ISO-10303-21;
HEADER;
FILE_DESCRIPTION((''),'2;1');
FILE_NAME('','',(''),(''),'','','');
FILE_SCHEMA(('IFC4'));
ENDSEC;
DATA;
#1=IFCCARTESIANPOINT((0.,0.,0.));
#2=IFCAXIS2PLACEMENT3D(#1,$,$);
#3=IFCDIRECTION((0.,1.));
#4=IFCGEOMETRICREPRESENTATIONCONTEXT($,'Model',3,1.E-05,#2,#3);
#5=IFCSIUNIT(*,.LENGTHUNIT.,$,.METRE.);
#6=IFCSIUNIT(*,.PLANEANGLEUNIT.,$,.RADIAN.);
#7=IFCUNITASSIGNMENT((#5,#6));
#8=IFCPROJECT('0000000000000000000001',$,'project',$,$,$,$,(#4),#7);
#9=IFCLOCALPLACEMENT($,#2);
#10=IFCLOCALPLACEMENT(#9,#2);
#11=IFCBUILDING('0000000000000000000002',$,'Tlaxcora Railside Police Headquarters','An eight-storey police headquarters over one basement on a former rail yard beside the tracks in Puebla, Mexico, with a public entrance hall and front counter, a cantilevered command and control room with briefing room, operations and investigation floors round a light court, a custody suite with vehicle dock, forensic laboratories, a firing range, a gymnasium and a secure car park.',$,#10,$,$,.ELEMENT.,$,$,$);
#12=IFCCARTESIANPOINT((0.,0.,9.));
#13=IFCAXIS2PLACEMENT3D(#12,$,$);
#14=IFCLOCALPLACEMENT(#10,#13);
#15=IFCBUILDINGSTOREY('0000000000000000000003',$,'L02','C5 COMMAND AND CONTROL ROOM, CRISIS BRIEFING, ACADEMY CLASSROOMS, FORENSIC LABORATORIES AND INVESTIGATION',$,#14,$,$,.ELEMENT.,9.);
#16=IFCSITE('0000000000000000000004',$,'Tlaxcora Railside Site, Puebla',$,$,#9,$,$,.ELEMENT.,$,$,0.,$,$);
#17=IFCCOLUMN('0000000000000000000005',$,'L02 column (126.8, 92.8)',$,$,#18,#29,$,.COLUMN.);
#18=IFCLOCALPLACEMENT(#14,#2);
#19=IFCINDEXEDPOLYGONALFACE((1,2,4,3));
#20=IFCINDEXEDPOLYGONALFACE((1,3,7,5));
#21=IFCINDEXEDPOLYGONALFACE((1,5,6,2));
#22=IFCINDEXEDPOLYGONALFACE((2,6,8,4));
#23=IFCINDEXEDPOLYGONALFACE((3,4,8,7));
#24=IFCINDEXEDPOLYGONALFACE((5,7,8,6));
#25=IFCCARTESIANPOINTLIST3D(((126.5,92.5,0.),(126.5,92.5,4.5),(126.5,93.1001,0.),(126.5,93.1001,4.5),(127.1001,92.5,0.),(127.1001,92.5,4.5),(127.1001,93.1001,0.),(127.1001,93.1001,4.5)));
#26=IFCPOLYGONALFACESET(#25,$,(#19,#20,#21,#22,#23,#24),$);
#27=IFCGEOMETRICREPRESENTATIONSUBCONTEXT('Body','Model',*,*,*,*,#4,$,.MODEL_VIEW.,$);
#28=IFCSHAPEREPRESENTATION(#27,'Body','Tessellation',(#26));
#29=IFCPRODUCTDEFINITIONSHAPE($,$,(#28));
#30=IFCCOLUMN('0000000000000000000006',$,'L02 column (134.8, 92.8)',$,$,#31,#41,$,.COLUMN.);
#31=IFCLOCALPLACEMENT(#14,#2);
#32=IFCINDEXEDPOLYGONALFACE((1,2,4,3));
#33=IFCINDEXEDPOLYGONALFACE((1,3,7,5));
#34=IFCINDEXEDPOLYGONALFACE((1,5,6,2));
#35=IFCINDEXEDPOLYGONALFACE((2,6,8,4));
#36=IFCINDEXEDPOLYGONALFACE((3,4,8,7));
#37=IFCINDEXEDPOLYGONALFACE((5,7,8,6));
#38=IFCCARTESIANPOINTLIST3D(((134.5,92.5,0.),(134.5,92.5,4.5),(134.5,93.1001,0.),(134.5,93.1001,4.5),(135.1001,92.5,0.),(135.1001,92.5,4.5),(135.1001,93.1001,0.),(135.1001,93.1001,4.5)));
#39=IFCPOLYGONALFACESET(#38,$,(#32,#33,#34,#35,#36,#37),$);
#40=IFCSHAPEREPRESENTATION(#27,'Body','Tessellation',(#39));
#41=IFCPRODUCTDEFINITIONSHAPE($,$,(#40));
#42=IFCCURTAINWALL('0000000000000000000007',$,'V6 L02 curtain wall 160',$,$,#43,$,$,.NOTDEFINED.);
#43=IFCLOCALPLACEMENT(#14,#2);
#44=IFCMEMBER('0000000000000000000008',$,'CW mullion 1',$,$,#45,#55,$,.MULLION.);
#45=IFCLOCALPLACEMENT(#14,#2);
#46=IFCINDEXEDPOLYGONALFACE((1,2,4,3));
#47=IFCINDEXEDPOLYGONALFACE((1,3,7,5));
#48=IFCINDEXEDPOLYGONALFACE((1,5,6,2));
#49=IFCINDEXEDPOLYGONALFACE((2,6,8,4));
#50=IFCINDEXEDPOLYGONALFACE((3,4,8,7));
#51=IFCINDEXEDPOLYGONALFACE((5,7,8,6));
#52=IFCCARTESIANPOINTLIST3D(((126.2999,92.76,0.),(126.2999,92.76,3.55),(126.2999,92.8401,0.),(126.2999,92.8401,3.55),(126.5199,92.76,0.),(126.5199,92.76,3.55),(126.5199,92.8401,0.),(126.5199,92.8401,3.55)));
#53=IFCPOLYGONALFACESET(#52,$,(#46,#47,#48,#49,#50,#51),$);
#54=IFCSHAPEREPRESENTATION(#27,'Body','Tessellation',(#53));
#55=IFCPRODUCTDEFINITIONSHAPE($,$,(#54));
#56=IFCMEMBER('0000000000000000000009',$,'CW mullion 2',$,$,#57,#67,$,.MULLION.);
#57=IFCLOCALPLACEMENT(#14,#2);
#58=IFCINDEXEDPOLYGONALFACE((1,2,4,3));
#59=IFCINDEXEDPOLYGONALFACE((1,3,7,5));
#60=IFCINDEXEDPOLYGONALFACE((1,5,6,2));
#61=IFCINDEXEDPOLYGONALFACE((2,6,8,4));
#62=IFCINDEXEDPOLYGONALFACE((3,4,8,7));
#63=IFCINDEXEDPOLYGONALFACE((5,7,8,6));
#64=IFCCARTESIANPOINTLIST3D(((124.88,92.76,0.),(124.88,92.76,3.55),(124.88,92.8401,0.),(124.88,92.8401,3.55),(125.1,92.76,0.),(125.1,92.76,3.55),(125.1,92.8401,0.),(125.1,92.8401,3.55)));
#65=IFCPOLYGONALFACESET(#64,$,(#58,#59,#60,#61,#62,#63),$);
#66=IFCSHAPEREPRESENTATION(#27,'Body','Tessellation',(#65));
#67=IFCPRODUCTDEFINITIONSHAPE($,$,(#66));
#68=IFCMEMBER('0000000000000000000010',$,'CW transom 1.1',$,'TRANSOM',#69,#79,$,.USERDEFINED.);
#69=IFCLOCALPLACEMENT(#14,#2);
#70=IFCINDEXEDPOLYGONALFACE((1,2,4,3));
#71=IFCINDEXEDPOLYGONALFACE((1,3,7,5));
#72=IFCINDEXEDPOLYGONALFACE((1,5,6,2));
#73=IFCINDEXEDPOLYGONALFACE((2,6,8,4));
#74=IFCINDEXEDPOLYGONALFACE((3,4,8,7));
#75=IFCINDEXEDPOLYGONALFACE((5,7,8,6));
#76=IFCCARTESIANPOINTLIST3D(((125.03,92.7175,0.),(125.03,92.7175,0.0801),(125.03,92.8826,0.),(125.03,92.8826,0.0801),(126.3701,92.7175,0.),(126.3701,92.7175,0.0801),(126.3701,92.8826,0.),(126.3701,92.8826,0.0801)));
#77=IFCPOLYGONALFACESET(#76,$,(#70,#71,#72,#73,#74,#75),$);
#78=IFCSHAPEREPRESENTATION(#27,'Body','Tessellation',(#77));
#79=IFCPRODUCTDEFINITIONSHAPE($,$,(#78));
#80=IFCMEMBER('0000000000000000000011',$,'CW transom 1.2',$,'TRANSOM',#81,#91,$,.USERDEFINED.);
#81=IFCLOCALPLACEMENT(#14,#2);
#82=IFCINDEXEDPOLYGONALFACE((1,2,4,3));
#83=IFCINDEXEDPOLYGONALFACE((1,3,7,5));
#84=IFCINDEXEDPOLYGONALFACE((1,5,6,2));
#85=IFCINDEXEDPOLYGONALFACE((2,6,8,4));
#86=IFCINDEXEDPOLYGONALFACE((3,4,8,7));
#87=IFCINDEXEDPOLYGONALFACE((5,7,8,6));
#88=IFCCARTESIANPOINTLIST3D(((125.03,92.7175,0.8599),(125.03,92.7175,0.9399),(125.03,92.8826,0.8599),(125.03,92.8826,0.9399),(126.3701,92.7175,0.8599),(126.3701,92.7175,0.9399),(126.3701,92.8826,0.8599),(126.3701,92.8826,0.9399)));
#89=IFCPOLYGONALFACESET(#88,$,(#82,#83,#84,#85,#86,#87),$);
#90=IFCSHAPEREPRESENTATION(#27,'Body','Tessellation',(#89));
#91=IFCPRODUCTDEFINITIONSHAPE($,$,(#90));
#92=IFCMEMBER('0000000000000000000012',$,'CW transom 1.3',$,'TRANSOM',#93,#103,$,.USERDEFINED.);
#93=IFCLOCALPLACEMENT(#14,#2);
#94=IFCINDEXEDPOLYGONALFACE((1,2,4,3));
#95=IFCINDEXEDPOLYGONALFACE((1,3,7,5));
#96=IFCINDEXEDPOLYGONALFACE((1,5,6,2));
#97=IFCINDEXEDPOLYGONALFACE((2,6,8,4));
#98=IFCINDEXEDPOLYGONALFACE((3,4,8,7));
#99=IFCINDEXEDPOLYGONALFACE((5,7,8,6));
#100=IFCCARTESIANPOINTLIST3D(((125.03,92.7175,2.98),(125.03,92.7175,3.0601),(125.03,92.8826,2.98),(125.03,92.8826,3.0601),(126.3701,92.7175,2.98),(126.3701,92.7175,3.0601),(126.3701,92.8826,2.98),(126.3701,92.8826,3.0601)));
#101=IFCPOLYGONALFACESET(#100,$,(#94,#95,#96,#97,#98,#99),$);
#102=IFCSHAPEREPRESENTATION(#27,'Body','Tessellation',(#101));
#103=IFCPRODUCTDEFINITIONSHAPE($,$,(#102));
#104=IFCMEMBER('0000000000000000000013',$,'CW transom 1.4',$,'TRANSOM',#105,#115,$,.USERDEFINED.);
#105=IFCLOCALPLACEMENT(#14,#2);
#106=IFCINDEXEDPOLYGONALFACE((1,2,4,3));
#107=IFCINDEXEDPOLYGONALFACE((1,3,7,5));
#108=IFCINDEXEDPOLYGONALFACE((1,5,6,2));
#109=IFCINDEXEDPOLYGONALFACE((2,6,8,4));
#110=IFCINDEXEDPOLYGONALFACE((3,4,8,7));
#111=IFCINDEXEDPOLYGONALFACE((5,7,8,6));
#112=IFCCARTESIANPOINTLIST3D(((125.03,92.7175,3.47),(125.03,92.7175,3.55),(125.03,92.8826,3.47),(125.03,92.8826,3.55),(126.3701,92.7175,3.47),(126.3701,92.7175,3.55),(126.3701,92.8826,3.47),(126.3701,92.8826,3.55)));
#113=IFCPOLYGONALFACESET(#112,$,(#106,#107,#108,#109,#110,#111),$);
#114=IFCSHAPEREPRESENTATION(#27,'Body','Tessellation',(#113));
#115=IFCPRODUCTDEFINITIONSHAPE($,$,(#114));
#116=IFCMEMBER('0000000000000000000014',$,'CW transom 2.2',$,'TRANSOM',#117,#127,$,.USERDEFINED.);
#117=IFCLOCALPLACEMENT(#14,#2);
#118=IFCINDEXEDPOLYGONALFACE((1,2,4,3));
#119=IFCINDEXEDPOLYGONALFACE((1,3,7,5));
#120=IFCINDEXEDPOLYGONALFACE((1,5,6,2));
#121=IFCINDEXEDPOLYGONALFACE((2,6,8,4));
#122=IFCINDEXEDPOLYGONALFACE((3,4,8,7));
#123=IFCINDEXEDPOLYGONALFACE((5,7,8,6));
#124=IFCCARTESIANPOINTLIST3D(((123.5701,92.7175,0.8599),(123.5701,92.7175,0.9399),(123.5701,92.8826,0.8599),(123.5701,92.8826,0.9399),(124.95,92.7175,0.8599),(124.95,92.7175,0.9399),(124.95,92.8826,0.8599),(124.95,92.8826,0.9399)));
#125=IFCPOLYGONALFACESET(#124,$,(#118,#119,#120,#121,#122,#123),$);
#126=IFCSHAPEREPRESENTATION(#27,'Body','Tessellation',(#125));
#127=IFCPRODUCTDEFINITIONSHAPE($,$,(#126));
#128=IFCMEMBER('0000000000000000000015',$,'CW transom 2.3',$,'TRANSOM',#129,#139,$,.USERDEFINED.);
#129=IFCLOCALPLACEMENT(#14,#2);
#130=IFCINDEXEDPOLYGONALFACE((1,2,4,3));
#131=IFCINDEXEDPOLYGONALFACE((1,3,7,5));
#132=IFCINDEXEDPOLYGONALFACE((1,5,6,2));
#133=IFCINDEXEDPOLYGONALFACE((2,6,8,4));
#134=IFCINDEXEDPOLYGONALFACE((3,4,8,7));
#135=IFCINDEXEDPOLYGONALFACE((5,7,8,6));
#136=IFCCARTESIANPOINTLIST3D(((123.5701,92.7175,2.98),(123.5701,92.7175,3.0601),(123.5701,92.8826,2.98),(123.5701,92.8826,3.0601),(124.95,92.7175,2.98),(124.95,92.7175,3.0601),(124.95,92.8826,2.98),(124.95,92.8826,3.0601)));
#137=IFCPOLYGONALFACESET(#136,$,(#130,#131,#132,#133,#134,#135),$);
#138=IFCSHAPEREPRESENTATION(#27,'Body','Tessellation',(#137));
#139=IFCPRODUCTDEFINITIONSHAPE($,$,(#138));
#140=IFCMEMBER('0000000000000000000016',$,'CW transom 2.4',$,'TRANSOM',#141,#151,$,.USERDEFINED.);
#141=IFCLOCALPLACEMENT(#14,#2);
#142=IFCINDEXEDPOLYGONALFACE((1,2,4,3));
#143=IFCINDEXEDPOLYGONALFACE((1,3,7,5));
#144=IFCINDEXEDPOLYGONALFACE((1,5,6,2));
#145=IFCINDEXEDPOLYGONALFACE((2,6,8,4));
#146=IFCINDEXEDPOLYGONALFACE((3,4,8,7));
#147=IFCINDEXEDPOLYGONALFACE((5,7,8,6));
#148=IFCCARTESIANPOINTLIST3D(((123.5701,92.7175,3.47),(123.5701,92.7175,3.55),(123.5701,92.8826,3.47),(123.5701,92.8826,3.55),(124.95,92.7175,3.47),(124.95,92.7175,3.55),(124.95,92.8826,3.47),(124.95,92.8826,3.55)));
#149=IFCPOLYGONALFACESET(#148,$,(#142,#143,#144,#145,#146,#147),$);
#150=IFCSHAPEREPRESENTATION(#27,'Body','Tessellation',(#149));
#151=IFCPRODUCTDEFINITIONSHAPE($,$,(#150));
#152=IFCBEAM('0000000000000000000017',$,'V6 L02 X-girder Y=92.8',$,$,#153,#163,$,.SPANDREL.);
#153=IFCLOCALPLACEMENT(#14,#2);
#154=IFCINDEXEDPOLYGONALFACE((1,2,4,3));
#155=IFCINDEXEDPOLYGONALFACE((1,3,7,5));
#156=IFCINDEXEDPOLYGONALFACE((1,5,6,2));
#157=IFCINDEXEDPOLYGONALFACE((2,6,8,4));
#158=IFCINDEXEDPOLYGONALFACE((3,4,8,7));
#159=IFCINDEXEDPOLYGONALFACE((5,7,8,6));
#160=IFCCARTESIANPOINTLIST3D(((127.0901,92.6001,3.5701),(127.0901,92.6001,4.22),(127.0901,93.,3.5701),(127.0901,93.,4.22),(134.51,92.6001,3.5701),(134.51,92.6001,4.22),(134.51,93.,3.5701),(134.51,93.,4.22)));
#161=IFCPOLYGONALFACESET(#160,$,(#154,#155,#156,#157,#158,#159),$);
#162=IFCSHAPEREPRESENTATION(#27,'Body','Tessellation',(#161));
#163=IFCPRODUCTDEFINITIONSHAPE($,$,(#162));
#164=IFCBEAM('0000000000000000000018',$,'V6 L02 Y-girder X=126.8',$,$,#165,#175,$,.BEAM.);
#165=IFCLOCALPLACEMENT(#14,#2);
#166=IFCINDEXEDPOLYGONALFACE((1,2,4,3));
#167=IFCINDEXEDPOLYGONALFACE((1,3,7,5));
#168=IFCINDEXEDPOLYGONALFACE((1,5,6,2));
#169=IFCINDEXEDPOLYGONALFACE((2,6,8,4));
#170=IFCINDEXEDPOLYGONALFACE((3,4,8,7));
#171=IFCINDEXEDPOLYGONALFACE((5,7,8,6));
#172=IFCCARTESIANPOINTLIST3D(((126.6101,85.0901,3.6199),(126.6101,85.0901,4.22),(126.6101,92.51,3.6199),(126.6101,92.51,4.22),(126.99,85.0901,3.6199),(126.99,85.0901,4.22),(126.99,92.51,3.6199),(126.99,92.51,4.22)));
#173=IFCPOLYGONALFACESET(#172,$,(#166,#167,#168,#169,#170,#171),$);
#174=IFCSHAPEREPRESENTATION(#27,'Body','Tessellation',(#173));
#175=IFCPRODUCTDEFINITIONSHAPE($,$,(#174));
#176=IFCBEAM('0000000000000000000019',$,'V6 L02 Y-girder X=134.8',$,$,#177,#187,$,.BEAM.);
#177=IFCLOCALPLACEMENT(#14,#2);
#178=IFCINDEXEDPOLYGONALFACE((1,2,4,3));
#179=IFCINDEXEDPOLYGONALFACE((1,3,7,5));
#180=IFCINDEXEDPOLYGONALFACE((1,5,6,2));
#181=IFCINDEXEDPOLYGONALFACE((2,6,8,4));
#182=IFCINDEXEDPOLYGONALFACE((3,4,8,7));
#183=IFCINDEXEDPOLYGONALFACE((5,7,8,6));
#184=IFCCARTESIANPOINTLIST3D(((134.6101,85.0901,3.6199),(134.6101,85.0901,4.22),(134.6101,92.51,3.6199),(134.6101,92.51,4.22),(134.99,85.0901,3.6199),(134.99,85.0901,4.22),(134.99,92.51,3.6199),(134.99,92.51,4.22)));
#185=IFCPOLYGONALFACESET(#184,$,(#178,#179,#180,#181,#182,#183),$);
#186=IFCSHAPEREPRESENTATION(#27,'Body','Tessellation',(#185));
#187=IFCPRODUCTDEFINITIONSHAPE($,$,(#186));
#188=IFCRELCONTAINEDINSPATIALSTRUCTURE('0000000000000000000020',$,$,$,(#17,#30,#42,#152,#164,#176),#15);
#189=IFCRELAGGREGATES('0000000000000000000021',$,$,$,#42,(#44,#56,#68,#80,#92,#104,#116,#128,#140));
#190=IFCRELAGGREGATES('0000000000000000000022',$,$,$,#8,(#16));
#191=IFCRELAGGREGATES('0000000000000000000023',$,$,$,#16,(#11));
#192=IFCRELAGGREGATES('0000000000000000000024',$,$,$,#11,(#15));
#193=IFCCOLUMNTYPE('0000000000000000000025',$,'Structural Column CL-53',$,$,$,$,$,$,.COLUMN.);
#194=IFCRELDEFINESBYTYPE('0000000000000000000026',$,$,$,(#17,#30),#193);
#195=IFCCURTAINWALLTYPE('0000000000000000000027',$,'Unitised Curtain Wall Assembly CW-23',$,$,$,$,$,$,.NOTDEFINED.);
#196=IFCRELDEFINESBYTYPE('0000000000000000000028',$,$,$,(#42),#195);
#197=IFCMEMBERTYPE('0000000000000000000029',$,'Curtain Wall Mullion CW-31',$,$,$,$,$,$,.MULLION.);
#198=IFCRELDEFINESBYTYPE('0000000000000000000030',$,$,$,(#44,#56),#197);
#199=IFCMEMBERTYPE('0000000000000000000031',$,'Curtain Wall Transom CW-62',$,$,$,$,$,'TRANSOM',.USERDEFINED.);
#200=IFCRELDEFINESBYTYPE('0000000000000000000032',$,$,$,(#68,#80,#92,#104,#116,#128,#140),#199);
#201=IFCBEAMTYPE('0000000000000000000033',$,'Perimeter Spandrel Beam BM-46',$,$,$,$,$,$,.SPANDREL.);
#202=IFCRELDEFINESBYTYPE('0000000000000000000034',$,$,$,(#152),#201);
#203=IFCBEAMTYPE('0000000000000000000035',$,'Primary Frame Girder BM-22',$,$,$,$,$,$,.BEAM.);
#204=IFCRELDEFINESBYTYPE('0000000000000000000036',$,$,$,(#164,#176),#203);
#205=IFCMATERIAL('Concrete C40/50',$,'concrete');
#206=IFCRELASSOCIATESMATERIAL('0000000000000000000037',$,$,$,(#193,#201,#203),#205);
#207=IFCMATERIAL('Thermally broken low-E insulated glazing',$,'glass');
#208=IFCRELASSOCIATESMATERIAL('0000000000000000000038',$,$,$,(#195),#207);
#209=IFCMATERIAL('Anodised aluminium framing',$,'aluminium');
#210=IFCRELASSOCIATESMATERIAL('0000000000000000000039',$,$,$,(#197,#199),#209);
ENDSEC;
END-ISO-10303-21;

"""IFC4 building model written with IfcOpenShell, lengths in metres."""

from ifc_helpers import new_model, si_unit, direction, frame, origin, origin_2d, place, context, subcontext, project, spatial, rectangle, extrude, material, material_profile, profile_set, type_object, element, aggregate, save


model = new_model("IFC4")

# Units and contexts
model_context = context("Model", 3, precision=1e-05, world=origin(), true_north=direction((0.0, 1.0)))
body_context = subcontext(model_context, "Body", "Model", "MODEL_VIEW")
ifc_project = project(units=[si_unit("LENGTHUNIT", "METRE"), si_unit("PLANEANGLEUNIT", "RADIAN")], contexts=[model_context])

# Site, building, storey
site_placement = place(None, origin())
site = spatial("IfcSite", under=ifc_project, at=site_placement, Name="Tlaxcora Railside Site, Puebla", CompositionType="ELEMENT", RefElevation=0.0)
building_placement = place(site_placement, origin())
building = spatial("IfcBuilding", under=site, at=building_placement, Name="Tlaxcora Railside Police Headquarters", Description="An eight-storey police headquarters over one basement on a former rail yard beside the tracks in Puebla, Mexico, with a public entrance hall and front counter, a cantilevered command and control room with briefing room, operations and investigation floors round a light court, a custody suite with vehicle dock, forensic laboratories, a firing range, a gymnasium and a secure car park.", CompositionType="ELEMENT")
storey_placement = place(building_placement, frame((0.0, 0.0, 9.0)))
storey = spatial("IfcBuildingStorey", under=building, at=storey_placement, Name="L02", Description="C5 COMMAND AND CONTROL ROOM, CRISIS BRIEFING, ACADEMY CLASSROOMS, FORENSIC LABORATORIES AND INVESTIGATION", CompositionType="ELEMENT", Elevation=9.0)

# Columns
ifc_material_1 = material(Name="Concrete C40/50", Category="concrete")
ifc_material_profile_1 = material_profile(ifc_material_1, rectangle(XDim=0.6001, YDim=0.6001, at=origin_2d()), Name="RC600X600")
ifc_profile_set_1 = profile_set([ifc_material_profile_1], Name="Concrete C40/50")
column_type = type_object("IfcColumnType", Name="Structural Column CL-53", PredefinedType="COLUMN", material=ifc_profile_set_1)
for number, where, z_axis, x_axis, name in (
    (1, (126.8, 92.8, 0.0), (0.0, 0.0, 1.0), (1.0, 0.0, 0.0), "L02 column (126.8, 92.8)"),
    (2, (134.8, 92.8, 0.0), (0.0, 0.0, 1.0), (1.0, 0.0, 0.0), "L02 column (134.8, 92.8)"),
):
    element("IfcColumn", number, at=place(storey_placement, frame(where, z_axis=z_axis, x_axis=x_axis)), inside=storey, type_object=column_type, Name=name, PredefinedType="COLUMN", context=body_context, shape_type="SweptSolid", body=[
        extrude(rectangle(XDim=0.6001, YDim=0.6001, at=origin_2d()), origin(), (0.0, 0.0, 1.0), 4.5),
    ])

# Curtain wall, members
ifc_material_2 = material(Name="Thermally broken low-E insulated glazing", Category="glass")
curtain_wall_type = type_object("IfcCurtainWallType", Name="Unitised Curtain Wall Assembly CW-23", PredefinedType="NOTDEFINED", material=ifc_material_2)
curtain_wall_placement = place(storey_placement, origin())
curtain_wall = element("IfcCurtainWall", 3, at=curtain_wall_placement, inside=storey, type_object=curtain_wall_type, Name="V6 L02 curtain wall 160", PredefinedType="NOTDEFINED")
ifc_material_3 = material(Name="Anodised aluminium framing", Category="aluminium")
ifc_material_profile_2 = material_profile(ifc_material_3, rectangle(XDim=0.0801, YDim=0.22, at=origin_2d()), Name="AL80X220")
ifc_profile_set_2 = profile_set([ifc_material_profile_2], Name="Anodised aluminium framing")
member_type_1 = type_object("IfcMemberType", Name="Curtain Wall Mullion CW-31", PredefinedType="MULLION", material=ifc_profile_set_2)
member_1_placement = place(storey_placement, frame((126.4099, 92.8, 0.0), z_axis=(0.0, 0.0, 1.0), x_axis=(0.0, -1.0, 0.0)))
member_1 = element("IfcMember", 4, at=member_1_placement, type_object=member_type_1, Name="CW mullion 1", PredefinedType="MULLION", context=body_context, shape_type="SweptSolid", body=[
    extrude(rectangle(XDim=0.0801, YDim=0.22, at=origin_2d()), origin(), (0.0, 0.0, 1.0), 3.55),
])
member_2_placement = place(storey_placement, frame((124.99, 92.8, 0.0), z_axis=(0.0, 0.0, 1.0), x_axis=(0.0, -1.0, 0.0)))
member_2 = element("IfcMember", 5, at=member_2_placement, type_object=member_type_1, Name="CW mullion 2", PredefinedType="MULLION", context=body_context, shape_type="SweptSolid", body=[
    extrude(rectangle(XDim=0.0801, YDim=0.22, at=origin_2d()), origin(), (0.0, 0.0, 1.0), 3.55),
])
ifc_material_profile_3 = material_profile(ifc_material_3, rectangle(XDim=0.165, YDim=0.0801, at=origin_2d()), Name="AL80X165")
ifc_profile_set_3 = profile_set([ifc_material_profile_3], Name="Anodised aluminium framing")
member_type_2 = type_object("IfcMemberType", Name="Curtain Wall Transom CW-62", ElementType="TRANSOM", PredefinedType="USERDEFINED", material=ifc_profile_set_3)
member_3_placement = place(storey_placement, frame((126.3701, 92.8, 0.04), z_axis=(-1.0, 0.0, 0.0), x_axis=(0.0, -1.0, 0.0)))
member_3 = element("IfcMember", 6, at=member_3_placement, type_object=member_type_2, Name="CW transom 1.1", ObjectType="TRANSOM", PredefinedType="USERDEFINED", context=body_context, shape_type="SweptSolid", body=[
    extrude(rectangle(XDim=0.165, YDim=0.0801, at=origin_2d()), origin(), (0.0, 0.0, 1.0), 1.3401),
])
member_4_placement = place(storey_placement, frame((126.3701, 92.8, 0.8999), z_axis=(-1.0, 0.0, 0.0), x_axis=(0.0, -1.0, 0.0)))
member_4 = element("IfcMember", 7, at=member_4_placement, type_object=member_type_2, Name="CW transom 1.2", ObjectType="TRANSOM", PredefinedType="USERDEFINED", context=body_context, shape_type="SweptSolid", body=[
    extrude(rectangle(XDim=0.165, YDim=0.0801, at=origin_2d()), origin(), (0.0, 0.0, 1.0), 1.3401),
])
member_5_placement = place(storey_placement, frame((126.3701, 92.8, 3.02), z_axis=(-1.0, 0.0, 0.0), x_axis=(0.0, -1.0, 0.0)))
member_5 = element("IfcMember", 8, at=member_5_placement, type_object=member_type_2, Name="CW transom 1.3", ObjectType="TRANSOM", PredefinedType="USERDEFINED", context=body_context, shape_type="SweptSolid", body=[
    extrude(rectangle(XDim=0.165, YDim=0.0801, at=origin_2d()), origin(), (0.0, 0.0, 1.0), 1.3401),
])
member_6_placement = place(storey_placement, frame((126.3701, 92.8, 3.51), z_axis=(-1.0, 0.0, 0.0), x_axis=(0.0, -1.0, 0.0)))
member_6 = element("IfcMember", 9, at=member_6_placement, type_object=member_type_2, Name="CW transom 1.4", ObjectType="TRANSOM", PredefinedType="USERDEFINED", context=body_context, shape_type="SweptSolid", body=[
    extrude(rectangle(XDim=0.165, YDim=0.0801, at=origin_2d()), origin(), (0.0, 0.0, 1.0), 1.3401),
])
member_7_placement = place(storey_placement, frame((124.95, 92.8, 0.8999), z_axis=(-1.0, 0.0, 0.0), x_axis=(0.0, -1.0, 0.0)))
member_7 = element("IfcMember", 10, at=member_7_placement, type_object=member_type_2, Name="CW transom 2.2", ObjectType="TRANSOM", PredefinedType="USERDEFINED", context=body_context, shape_type="SweptSolid", body=[
    extrude(rectangle(XDim=0.165, YDim=0.0801, at=origin_2d()), origin(), (0.0, 0.0, 1.0), 1.3799),
])
member_8_placement = place(storey_placement, frame((124.95, 92.8, 3.02), z_axis=(-1.0, 0.0, 0.0), x_axis=(0.0, -1.0, 0.0)))
member_8 = element("IfcMember", 11, at=member_8_placement, type_object=member_type_2, Name="CW transom 2.3", ObjectType="TRANSOM", PredefinedType="USERDEFINED", context=body_context, shape_type="SweptSolid", body=[
    extrude(rectangle(XDim=0.165, YDim=0.0801, at=origin_2d()), origin(), (0.0, 0.0, 1.0), 1.3799),
])
member_9_placement = place(storey_placement, frame((124.95, 92.8, 3.51), z_axis=(-1.0, 0.0, 0.0), x_axis=(0.0, -1.0, 0.0)))
member_9 = element("IfcMember", 12, at=member_9_placement, type_object=member_type_2, Name="CW transom 2.4", ObjectType="TRANSOM", PredefinedType="USERDEFINED", context=body_context, shape_type="SweptSolid", body=[
    extrude(rectangle(XDim=0.165, YDim=0.0801, at=origin_2d()), origin(), (0.0, 0.0, 1.0), 1.3799),
])

# Beams
ifc_material_profile_4 = material_profile(ifc_material_1, rectangle(XDim=0.3999, YDim=0.6499, at=origin_2d()), Name="RC400X650")
ifc_profile_set_4 = profile_set([ifc_material_profile_4], Name="Concrete C40/50")
beam_type_1 = type_object("IfcBeamType", Name="Perimeter Spandrel Beam BM-46", PredefinedType="SPANDREL", material=ifc_profile_set_4)
beam_1_placement = place(storey_placement, frame((127.0901, 92.8, 3.895), z_axis=(1.0, 0.0, 0.0), x_axis=(0.0, 1.0, 0.0)))
element("IfcBeam", 13, at=beam_1_placement, inside=storey, type_object=beam_type_1, Name="V6 L02 X-girder Y=92.8", PredefinedType="SPANDREL", context=body_context, shape_type="SweptSolid", body=[
    extrude(rectangle(XDim=0.3999, YDim=0.6499, at=origin_2d()), origin(), (0.0, 0.0, 1.0), 7.4199),
])
ifc_material_profile_5 = material_profile(ifc_material_1, rectangle(XDim=0.3799, YDim=0.6001, at=origin_2d()), Name="RC380X600")
ifc_profile_set_5 = profile_set([ifc_material_profile_5], Name="Concrete C40/50")
beam_type_2 = type_object("IfcBeamType", Name="Primary Frame Girder BM-22", PredefinedType="BEAM", material=ifc_profile_set_5)
for number, where, z_axis, x_axis, name in (
    (14, (126.8, 85.0901, 3.9199), (0.0, 1.0, 0.0), (-1.0, 0.0, 0.0), "V6 L02 Y-girder X=126.8"),
    (15, (134.8, 85.0901, 3.9199), (0.0, 1.0, 0.0), (-1.0, 0.0, 0.0), "V6 L02 Y-girder X=134.8"),
):
    element("IfcBeam", number, at=place(storey_placement, frame(where, z_axis=z_axis, x_axis=x_axis)), inside=storey, type_object=beam_type_2, Name=name, PredefinedType="BEAM", context=body_context, shape_type="SweptSolid", body=[
        extrude(rectangle(XDim=0.3799, YDim=0.6001, at=origin_2d()), origin(), (0.0, 0.0, 1.0), 7.4199),
    ])

aggregate(curtain_wall, [member_1, member_2, member_3, member_4, member_5, member_6, member_7, member_8, member_9])

save(model, "model.ifc")
